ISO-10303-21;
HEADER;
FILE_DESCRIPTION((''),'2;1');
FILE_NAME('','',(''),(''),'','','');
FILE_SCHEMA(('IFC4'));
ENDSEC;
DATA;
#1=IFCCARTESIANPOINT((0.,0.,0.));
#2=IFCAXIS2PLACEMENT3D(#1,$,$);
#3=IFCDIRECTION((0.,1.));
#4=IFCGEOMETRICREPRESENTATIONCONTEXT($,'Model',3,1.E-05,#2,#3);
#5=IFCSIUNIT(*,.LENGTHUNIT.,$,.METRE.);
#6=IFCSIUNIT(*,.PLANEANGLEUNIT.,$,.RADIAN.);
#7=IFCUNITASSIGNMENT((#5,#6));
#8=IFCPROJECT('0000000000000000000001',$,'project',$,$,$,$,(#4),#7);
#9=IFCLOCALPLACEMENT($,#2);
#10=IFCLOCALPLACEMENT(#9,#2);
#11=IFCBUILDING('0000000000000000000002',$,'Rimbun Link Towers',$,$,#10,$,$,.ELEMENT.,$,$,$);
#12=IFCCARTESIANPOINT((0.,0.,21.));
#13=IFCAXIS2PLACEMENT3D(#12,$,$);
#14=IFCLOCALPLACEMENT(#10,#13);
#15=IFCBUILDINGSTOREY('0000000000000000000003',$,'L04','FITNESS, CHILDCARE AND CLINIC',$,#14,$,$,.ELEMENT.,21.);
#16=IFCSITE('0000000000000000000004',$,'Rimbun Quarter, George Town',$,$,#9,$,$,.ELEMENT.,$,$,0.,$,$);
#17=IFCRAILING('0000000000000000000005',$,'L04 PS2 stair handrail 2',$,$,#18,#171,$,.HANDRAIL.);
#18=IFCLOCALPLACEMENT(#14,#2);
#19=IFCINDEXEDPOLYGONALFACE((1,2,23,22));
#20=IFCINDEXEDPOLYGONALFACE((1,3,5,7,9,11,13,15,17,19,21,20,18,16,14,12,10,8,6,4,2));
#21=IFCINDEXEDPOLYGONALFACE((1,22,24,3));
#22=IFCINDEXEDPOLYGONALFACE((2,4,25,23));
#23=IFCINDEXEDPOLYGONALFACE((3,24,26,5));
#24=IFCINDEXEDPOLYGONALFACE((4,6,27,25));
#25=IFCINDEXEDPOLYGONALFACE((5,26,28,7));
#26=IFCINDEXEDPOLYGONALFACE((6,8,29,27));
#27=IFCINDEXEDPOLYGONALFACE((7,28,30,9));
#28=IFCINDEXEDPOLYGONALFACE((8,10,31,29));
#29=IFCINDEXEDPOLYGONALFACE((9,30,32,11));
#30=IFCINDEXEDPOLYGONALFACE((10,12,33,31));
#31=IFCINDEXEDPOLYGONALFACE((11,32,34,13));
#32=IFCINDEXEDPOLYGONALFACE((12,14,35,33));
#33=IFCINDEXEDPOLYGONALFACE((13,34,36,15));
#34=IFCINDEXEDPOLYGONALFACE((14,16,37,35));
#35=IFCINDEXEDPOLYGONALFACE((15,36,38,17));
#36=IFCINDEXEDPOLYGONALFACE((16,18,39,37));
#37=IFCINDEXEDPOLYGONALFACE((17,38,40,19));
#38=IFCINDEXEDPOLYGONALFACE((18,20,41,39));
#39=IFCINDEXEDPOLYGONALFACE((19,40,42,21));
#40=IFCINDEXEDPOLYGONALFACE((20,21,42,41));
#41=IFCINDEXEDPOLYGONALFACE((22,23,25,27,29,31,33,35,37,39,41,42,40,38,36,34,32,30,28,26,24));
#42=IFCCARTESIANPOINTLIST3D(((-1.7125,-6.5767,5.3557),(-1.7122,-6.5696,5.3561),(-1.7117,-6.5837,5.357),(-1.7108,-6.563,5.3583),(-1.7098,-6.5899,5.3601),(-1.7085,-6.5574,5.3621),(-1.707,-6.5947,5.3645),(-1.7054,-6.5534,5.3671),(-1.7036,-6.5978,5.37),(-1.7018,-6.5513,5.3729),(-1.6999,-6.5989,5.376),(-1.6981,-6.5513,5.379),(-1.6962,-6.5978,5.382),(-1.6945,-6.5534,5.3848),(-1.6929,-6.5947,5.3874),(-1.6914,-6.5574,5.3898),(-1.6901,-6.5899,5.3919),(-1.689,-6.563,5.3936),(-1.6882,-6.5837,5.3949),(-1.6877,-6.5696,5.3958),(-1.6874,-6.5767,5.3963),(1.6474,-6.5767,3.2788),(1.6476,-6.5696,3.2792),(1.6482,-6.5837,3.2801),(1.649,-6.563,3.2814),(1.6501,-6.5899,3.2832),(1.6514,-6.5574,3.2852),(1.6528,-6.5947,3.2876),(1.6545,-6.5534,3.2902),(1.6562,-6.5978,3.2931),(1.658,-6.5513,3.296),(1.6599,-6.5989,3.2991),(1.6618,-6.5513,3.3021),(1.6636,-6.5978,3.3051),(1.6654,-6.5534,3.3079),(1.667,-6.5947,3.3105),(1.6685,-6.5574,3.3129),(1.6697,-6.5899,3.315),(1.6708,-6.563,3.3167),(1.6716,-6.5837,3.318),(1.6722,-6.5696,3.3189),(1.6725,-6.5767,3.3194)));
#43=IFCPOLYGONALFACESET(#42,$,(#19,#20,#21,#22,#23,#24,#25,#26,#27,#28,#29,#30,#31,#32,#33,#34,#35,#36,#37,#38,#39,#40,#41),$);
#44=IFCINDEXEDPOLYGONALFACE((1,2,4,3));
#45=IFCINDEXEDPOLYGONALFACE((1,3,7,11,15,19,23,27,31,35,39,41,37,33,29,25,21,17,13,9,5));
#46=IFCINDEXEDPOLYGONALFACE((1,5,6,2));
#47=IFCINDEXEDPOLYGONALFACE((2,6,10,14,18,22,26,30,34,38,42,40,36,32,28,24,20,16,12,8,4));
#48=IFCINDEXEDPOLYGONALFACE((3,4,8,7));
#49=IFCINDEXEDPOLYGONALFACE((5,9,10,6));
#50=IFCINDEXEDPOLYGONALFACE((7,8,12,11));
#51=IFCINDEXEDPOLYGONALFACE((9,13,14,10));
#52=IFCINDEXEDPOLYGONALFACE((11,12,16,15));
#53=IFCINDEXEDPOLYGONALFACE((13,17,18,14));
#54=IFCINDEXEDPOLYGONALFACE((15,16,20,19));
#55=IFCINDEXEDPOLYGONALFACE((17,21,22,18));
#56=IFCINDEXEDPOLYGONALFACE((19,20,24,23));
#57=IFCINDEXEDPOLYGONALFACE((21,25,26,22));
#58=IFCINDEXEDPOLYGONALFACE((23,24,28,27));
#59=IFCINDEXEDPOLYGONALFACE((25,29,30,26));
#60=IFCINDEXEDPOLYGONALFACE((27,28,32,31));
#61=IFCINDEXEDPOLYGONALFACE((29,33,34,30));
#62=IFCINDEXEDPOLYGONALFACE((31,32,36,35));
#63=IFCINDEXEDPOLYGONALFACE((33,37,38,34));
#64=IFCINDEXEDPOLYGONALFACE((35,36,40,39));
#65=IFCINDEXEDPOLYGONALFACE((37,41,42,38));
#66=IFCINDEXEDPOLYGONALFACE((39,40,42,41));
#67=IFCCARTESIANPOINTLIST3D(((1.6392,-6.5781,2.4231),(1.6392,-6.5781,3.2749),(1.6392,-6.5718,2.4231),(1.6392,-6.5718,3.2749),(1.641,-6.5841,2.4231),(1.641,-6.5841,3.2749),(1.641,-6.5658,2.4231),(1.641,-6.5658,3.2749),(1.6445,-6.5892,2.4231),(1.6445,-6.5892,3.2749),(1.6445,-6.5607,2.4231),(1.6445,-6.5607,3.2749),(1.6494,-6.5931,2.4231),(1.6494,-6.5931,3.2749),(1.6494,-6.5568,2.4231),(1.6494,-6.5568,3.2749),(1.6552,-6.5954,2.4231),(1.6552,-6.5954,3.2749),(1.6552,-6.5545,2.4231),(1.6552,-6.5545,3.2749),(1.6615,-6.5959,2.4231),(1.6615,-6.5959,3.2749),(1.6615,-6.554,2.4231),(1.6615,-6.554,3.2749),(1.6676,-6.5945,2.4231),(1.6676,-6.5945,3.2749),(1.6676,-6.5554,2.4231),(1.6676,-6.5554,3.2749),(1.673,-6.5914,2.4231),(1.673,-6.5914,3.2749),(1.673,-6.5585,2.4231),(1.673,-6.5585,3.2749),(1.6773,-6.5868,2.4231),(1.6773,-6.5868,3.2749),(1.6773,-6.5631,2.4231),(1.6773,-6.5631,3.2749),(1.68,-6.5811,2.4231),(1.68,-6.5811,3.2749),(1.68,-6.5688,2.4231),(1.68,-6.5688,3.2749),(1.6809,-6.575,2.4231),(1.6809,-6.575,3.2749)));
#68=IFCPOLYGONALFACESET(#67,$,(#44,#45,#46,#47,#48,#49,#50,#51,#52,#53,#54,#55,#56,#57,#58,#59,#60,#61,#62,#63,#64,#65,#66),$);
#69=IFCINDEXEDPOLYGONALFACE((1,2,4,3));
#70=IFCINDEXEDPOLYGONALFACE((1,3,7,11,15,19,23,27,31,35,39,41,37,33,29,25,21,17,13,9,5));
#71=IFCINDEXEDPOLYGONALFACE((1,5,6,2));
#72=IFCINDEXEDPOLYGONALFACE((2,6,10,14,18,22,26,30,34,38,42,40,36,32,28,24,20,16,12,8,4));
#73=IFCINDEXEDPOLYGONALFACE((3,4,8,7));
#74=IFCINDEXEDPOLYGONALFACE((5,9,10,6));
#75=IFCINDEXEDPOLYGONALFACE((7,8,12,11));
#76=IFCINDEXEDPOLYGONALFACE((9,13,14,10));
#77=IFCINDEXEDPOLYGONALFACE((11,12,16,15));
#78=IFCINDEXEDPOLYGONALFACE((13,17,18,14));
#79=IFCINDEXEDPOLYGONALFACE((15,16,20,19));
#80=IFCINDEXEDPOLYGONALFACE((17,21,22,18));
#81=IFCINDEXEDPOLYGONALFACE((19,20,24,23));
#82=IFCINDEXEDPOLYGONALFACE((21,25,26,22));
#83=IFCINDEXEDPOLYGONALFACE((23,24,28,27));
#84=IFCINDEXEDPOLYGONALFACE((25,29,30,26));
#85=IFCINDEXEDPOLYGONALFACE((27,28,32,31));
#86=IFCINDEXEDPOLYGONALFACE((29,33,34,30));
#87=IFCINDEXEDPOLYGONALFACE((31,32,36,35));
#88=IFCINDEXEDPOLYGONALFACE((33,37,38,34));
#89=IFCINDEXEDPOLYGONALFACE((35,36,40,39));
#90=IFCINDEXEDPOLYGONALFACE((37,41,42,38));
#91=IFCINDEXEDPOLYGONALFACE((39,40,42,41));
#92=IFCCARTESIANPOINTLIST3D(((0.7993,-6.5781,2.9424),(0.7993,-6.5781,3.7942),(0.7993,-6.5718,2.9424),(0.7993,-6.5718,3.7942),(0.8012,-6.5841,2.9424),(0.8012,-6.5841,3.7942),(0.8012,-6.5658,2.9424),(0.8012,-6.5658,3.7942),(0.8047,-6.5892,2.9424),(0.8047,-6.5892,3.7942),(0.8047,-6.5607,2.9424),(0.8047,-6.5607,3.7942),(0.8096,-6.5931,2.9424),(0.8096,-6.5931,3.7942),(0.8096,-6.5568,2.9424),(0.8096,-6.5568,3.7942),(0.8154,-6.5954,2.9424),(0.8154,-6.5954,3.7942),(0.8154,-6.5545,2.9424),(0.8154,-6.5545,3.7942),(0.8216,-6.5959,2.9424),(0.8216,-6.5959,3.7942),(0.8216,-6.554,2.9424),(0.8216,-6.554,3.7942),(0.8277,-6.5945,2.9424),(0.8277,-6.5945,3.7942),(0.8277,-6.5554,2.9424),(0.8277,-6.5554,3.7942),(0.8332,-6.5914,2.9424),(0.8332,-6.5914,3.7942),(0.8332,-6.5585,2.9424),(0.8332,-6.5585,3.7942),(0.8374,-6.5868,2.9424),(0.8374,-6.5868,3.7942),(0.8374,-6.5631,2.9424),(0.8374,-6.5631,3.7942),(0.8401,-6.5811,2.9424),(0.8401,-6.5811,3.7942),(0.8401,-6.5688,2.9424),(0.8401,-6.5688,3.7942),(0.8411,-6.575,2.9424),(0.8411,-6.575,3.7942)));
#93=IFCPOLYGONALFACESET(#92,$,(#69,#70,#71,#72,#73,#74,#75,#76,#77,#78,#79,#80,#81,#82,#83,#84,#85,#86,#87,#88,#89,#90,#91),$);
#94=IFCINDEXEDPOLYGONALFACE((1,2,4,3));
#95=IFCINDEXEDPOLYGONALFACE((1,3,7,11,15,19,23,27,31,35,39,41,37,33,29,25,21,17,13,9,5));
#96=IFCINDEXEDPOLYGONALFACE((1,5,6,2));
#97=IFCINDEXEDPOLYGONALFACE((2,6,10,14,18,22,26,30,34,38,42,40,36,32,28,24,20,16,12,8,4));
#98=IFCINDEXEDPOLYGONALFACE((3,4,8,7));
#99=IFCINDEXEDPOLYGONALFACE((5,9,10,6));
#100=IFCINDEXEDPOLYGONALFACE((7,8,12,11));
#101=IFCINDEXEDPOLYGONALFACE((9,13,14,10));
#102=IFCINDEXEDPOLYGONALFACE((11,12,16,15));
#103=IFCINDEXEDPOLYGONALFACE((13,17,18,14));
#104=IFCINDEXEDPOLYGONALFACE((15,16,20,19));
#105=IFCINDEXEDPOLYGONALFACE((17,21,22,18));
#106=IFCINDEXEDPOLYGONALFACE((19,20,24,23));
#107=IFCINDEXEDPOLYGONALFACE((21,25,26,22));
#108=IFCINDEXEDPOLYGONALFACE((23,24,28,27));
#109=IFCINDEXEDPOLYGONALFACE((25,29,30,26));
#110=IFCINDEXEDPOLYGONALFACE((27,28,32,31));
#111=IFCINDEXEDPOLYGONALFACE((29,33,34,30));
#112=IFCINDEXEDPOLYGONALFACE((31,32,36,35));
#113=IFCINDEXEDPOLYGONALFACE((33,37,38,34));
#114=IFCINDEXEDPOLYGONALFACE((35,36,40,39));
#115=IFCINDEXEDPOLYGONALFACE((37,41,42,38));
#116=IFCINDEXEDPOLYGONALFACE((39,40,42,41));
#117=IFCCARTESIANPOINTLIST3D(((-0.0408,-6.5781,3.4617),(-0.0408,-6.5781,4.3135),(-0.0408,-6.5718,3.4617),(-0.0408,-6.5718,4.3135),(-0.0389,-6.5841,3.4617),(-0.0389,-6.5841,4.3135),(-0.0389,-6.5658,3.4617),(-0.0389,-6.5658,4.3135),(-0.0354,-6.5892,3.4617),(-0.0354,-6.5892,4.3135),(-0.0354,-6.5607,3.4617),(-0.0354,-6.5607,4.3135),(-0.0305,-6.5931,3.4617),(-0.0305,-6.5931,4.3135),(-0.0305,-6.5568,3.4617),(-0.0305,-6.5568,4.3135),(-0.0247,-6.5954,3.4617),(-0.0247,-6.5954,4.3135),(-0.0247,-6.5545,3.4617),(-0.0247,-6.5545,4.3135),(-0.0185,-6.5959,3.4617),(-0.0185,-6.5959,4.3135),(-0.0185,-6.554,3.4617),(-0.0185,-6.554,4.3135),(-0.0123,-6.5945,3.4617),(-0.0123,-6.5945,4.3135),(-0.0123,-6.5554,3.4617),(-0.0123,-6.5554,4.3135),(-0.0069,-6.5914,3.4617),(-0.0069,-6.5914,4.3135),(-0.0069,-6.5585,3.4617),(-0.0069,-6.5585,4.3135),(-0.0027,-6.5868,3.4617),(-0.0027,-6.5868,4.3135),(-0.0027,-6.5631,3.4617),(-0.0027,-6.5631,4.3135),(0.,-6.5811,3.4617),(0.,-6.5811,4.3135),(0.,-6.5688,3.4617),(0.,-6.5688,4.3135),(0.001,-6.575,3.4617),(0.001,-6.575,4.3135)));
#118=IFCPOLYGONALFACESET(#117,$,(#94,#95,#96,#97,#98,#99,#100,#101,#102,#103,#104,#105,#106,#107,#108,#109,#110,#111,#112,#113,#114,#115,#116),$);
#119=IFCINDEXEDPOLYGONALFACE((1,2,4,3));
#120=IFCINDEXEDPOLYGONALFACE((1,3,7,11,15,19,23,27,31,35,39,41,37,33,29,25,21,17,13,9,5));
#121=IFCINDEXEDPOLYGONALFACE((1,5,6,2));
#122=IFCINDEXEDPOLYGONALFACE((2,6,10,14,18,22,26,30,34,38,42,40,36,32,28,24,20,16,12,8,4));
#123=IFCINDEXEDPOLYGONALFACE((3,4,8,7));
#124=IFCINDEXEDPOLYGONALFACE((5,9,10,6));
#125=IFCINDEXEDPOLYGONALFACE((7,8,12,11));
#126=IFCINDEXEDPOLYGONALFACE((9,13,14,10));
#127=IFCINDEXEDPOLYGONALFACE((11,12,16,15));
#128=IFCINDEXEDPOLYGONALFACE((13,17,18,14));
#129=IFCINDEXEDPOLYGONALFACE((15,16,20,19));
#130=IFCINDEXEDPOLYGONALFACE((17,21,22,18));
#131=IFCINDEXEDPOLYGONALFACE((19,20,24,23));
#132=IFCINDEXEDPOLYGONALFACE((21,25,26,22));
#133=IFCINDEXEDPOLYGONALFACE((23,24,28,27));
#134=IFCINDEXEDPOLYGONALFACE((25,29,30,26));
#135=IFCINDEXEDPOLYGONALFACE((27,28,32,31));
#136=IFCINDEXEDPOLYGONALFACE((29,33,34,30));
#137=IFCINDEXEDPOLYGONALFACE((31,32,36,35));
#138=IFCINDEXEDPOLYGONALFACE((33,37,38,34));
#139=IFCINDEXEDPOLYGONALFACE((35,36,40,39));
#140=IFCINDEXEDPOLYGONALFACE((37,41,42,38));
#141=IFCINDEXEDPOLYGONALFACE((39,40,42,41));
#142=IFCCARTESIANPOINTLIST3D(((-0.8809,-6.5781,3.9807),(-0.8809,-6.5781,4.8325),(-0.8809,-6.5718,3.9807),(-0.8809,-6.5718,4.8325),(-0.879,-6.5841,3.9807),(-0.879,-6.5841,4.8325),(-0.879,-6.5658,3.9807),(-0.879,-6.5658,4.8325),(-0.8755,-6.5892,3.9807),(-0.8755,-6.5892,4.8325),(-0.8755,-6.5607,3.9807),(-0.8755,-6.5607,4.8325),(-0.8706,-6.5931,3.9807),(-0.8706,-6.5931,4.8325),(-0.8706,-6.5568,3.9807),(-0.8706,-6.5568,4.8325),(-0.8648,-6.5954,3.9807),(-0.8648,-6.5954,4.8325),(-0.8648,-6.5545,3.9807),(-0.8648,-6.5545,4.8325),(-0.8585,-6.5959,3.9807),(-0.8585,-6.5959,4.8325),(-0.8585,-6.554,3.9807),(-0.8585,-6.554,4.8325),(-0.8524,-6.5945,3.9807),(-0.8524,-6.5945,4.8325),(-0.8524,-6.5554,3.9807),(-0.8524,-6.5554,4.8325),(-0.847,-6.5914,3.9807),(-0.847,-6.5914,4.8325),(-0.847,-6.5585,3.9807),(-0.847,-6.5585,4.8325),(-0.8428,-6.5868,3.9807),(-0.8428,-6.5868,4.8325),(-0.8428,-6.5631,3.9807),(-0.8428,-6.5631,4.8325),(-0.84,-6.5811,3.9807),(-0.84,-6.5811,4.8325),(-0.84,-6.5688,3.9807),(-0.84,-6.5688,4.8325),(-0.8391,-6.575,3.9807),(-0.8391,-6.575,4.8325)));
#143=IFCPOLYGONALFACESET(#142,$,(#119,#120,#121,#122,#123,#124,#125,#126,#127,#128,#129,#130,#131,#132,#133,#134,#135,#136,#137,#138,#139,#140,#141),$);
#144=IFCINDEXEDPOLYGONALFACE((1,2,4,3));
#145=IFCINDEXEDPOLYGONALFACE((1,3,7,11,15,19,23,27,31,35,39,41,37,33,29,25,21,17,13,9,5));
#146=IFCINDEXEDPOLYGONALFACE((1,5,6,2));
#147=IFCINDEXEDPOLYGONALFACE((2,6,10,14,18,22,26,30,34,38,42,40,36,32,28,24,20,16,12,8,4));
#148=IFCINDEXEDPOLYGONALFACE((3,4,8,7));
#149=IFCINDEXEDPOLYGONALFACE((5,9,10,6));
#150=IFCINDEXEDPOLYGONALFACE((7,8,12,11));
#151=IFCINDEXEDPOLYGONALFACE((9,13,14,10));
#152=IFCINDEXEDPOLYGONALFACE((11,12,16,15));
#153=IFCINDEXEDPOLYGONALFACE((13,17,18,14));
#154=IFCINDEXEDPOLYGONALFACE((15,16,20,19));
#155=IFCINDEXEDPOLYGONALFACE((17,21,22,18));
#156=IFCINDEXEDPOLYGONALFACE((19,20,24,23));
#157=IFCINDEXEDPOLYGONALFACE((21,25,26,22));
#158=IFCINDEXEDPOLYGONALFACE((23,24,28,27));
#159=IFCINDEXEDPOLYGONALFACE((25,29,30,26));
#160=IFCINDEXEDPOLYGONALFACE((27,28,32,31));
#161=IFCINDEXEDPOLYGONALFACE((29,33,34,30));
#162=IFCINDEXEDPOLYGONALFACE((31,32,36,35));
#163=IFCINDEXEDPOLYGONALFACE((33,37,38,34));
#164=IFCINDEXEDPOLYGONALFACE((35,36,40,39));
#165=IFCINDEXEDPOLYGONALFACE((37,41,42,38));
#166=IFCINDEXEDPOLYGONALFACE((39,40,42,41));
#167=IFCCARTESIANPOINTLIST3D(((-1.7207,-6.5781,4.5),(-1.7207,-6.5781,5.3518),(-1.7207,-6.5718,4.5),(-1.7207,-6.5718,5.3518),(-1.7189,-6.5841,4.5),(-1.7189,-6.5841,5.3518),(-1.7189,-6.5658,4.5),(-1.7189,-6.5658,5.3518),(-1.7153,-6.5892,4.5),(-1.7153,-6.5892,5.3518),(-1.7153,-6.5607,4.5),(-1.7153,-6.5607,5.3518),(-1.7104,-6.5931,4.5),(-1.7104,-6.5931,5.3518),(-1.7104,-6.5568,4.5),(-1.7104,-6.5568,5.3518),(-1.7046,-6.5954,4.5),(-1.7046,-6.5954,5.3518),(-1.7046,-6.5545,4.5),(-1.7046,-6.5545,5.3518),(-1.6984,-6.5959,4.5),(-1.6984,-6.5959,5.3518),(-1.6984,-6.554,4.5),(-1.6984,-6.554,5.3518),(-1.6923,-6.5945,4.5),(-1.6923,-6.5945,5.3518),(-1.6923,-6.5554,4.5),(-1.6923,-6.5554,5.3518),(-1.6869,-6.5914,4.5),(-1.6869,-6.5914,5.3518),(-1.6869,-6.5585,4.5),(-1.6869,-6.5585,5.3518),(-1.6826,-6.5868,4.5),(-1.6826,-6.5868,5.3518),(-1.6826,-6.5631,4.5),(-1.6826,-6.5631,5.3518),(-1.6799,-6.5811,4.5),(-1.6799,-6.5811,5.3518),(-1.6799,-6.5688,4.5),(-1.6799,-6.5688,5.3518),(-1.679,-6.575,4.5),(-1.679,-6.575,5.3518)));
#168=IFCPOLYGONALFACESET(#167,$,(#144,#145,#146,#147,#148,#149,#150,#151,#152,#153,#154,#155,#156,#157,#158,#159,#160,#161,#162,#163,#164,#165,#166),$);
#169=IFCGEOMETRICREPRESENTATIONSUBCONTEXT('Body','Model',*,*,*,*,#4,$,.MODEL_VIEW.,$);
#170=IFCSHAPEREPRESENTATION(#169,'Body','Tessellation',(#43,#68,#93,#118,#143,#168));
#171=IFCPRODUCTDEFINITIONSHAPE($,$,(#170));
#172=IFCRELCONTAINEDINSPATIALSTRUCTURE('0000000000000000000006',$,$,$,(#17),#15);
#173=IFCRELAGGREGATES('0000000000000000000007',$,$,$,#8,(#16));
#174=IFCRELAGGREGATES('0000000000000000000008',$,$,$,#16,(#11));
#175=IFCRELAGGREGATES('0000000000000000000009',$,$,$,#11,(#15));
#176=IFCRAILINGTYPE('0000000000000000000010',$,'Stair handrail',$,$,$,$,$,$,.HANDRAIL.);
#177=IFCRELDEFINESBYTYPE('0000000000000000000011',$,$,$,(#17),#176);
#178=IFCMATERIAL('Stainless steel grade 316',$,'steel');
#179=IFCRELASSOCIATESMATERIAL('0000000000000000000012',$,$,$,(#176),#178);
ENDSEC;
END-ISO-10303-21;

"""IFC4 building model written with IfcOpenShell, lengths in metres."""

from ifc_helpers import new_model, si_unit, direction, frame, origin, origin_2d, place, context, subcontext, project, spatial, circle, extrude, material, type_object, element, save


model = new_model("IFC4")

# Units and contexts
model_context = context("Model", 3, precision=1e-05, world=origin(), true_north=direction((0.0, 1.0)))
body_context = subcontext(model_context, "Body", "Model", "MODEL_VIEW")
ifc_project = project(units=[si_unit("LENGTHUNIT", "METRE"), si_unit("PLANEANGLEUNIT", "RADIAN")], contexts=[model_context])

# Site, building, storey
site_placement = place(None, origin())
site = spatial("IfcSite", under=ifc_project, at=site_placement, Name="Rimbun Quarter, George Town", CompositionType="ELEMENT", RefElevation=0.0)
building_placement = place(site_placement, origin())
building = spatial("IfcBuilding", under=site, at=building_placement, Name="Rimbun Link Towers", CompositionType="ELEMENT")
storey_placement = place(building_placement, frame((0.0, 0.0, 21.0)))
storey = spatial("IfcBuildingStorey", under=building, at=storey_placement, Name="L04", Description="FITNESS, CHILDCARE AND CLINIC", CompositionType="ELEMENT", Elevation=21.0)

# Railing
ifc_material_1 = material(Name="Stainless steel grade 316", Category="steel")
railing_type_1 = type_object("IfcRailingType", Name="Stair handrail", PredefinedType="HANDRAIL", material=ifc_material_1)
railing_1_placement = place(storey_placement, frame((1.6599, -6.575, 2.4231)))
element("IfcRailing", 1, at=railing_1_placement, inside=storey, type_object=railing_type_1, Name="L04 PS2 stair handrail 2", PredefinedType="HANDRAIL", context=body_context, shape_type="SweptSolid", body=[
    extrude(circle(Radius=0.0239, at=origin_2d()), frame((0.0, 0.0, 0.876), z_axis=(-0.850606, 0.0, 0.525803), x_axis=(0.0, -1.0, 0.0)), (0.0, 0.0, 1.0), 3.95),
    extrude(circle(Radius=0.021, at=origin_2d()), origin(), (0.0, 0.0, 1.0), 0.8518),
    extrude(circle(Radius=0.021, at=origin_2d()), frame((-0.8398, 0.0, 0.5193)), (0.0, 0.0, 1.0), 0.8518),
    extrude(circle(Radius=0.021, at=origin_2d()), frame((-1.6799, 0.0, 1.0386)), (0.0, 0.0, 1.0), 0.8518),
    extrude(circle(Radius=0.021, at=origin_2d()), frame((-2.52, 0.0, 1.5576)), (0.0, 0.0, 1.0), 0.8518),
    extrude(circle(Radius=0.021, at=origin_2d()), frame((-3.3599, 0.0, 2.0769)), (0.0, 0.0, 1.0), 0.8518),
])

save(model, "model.ifc")
